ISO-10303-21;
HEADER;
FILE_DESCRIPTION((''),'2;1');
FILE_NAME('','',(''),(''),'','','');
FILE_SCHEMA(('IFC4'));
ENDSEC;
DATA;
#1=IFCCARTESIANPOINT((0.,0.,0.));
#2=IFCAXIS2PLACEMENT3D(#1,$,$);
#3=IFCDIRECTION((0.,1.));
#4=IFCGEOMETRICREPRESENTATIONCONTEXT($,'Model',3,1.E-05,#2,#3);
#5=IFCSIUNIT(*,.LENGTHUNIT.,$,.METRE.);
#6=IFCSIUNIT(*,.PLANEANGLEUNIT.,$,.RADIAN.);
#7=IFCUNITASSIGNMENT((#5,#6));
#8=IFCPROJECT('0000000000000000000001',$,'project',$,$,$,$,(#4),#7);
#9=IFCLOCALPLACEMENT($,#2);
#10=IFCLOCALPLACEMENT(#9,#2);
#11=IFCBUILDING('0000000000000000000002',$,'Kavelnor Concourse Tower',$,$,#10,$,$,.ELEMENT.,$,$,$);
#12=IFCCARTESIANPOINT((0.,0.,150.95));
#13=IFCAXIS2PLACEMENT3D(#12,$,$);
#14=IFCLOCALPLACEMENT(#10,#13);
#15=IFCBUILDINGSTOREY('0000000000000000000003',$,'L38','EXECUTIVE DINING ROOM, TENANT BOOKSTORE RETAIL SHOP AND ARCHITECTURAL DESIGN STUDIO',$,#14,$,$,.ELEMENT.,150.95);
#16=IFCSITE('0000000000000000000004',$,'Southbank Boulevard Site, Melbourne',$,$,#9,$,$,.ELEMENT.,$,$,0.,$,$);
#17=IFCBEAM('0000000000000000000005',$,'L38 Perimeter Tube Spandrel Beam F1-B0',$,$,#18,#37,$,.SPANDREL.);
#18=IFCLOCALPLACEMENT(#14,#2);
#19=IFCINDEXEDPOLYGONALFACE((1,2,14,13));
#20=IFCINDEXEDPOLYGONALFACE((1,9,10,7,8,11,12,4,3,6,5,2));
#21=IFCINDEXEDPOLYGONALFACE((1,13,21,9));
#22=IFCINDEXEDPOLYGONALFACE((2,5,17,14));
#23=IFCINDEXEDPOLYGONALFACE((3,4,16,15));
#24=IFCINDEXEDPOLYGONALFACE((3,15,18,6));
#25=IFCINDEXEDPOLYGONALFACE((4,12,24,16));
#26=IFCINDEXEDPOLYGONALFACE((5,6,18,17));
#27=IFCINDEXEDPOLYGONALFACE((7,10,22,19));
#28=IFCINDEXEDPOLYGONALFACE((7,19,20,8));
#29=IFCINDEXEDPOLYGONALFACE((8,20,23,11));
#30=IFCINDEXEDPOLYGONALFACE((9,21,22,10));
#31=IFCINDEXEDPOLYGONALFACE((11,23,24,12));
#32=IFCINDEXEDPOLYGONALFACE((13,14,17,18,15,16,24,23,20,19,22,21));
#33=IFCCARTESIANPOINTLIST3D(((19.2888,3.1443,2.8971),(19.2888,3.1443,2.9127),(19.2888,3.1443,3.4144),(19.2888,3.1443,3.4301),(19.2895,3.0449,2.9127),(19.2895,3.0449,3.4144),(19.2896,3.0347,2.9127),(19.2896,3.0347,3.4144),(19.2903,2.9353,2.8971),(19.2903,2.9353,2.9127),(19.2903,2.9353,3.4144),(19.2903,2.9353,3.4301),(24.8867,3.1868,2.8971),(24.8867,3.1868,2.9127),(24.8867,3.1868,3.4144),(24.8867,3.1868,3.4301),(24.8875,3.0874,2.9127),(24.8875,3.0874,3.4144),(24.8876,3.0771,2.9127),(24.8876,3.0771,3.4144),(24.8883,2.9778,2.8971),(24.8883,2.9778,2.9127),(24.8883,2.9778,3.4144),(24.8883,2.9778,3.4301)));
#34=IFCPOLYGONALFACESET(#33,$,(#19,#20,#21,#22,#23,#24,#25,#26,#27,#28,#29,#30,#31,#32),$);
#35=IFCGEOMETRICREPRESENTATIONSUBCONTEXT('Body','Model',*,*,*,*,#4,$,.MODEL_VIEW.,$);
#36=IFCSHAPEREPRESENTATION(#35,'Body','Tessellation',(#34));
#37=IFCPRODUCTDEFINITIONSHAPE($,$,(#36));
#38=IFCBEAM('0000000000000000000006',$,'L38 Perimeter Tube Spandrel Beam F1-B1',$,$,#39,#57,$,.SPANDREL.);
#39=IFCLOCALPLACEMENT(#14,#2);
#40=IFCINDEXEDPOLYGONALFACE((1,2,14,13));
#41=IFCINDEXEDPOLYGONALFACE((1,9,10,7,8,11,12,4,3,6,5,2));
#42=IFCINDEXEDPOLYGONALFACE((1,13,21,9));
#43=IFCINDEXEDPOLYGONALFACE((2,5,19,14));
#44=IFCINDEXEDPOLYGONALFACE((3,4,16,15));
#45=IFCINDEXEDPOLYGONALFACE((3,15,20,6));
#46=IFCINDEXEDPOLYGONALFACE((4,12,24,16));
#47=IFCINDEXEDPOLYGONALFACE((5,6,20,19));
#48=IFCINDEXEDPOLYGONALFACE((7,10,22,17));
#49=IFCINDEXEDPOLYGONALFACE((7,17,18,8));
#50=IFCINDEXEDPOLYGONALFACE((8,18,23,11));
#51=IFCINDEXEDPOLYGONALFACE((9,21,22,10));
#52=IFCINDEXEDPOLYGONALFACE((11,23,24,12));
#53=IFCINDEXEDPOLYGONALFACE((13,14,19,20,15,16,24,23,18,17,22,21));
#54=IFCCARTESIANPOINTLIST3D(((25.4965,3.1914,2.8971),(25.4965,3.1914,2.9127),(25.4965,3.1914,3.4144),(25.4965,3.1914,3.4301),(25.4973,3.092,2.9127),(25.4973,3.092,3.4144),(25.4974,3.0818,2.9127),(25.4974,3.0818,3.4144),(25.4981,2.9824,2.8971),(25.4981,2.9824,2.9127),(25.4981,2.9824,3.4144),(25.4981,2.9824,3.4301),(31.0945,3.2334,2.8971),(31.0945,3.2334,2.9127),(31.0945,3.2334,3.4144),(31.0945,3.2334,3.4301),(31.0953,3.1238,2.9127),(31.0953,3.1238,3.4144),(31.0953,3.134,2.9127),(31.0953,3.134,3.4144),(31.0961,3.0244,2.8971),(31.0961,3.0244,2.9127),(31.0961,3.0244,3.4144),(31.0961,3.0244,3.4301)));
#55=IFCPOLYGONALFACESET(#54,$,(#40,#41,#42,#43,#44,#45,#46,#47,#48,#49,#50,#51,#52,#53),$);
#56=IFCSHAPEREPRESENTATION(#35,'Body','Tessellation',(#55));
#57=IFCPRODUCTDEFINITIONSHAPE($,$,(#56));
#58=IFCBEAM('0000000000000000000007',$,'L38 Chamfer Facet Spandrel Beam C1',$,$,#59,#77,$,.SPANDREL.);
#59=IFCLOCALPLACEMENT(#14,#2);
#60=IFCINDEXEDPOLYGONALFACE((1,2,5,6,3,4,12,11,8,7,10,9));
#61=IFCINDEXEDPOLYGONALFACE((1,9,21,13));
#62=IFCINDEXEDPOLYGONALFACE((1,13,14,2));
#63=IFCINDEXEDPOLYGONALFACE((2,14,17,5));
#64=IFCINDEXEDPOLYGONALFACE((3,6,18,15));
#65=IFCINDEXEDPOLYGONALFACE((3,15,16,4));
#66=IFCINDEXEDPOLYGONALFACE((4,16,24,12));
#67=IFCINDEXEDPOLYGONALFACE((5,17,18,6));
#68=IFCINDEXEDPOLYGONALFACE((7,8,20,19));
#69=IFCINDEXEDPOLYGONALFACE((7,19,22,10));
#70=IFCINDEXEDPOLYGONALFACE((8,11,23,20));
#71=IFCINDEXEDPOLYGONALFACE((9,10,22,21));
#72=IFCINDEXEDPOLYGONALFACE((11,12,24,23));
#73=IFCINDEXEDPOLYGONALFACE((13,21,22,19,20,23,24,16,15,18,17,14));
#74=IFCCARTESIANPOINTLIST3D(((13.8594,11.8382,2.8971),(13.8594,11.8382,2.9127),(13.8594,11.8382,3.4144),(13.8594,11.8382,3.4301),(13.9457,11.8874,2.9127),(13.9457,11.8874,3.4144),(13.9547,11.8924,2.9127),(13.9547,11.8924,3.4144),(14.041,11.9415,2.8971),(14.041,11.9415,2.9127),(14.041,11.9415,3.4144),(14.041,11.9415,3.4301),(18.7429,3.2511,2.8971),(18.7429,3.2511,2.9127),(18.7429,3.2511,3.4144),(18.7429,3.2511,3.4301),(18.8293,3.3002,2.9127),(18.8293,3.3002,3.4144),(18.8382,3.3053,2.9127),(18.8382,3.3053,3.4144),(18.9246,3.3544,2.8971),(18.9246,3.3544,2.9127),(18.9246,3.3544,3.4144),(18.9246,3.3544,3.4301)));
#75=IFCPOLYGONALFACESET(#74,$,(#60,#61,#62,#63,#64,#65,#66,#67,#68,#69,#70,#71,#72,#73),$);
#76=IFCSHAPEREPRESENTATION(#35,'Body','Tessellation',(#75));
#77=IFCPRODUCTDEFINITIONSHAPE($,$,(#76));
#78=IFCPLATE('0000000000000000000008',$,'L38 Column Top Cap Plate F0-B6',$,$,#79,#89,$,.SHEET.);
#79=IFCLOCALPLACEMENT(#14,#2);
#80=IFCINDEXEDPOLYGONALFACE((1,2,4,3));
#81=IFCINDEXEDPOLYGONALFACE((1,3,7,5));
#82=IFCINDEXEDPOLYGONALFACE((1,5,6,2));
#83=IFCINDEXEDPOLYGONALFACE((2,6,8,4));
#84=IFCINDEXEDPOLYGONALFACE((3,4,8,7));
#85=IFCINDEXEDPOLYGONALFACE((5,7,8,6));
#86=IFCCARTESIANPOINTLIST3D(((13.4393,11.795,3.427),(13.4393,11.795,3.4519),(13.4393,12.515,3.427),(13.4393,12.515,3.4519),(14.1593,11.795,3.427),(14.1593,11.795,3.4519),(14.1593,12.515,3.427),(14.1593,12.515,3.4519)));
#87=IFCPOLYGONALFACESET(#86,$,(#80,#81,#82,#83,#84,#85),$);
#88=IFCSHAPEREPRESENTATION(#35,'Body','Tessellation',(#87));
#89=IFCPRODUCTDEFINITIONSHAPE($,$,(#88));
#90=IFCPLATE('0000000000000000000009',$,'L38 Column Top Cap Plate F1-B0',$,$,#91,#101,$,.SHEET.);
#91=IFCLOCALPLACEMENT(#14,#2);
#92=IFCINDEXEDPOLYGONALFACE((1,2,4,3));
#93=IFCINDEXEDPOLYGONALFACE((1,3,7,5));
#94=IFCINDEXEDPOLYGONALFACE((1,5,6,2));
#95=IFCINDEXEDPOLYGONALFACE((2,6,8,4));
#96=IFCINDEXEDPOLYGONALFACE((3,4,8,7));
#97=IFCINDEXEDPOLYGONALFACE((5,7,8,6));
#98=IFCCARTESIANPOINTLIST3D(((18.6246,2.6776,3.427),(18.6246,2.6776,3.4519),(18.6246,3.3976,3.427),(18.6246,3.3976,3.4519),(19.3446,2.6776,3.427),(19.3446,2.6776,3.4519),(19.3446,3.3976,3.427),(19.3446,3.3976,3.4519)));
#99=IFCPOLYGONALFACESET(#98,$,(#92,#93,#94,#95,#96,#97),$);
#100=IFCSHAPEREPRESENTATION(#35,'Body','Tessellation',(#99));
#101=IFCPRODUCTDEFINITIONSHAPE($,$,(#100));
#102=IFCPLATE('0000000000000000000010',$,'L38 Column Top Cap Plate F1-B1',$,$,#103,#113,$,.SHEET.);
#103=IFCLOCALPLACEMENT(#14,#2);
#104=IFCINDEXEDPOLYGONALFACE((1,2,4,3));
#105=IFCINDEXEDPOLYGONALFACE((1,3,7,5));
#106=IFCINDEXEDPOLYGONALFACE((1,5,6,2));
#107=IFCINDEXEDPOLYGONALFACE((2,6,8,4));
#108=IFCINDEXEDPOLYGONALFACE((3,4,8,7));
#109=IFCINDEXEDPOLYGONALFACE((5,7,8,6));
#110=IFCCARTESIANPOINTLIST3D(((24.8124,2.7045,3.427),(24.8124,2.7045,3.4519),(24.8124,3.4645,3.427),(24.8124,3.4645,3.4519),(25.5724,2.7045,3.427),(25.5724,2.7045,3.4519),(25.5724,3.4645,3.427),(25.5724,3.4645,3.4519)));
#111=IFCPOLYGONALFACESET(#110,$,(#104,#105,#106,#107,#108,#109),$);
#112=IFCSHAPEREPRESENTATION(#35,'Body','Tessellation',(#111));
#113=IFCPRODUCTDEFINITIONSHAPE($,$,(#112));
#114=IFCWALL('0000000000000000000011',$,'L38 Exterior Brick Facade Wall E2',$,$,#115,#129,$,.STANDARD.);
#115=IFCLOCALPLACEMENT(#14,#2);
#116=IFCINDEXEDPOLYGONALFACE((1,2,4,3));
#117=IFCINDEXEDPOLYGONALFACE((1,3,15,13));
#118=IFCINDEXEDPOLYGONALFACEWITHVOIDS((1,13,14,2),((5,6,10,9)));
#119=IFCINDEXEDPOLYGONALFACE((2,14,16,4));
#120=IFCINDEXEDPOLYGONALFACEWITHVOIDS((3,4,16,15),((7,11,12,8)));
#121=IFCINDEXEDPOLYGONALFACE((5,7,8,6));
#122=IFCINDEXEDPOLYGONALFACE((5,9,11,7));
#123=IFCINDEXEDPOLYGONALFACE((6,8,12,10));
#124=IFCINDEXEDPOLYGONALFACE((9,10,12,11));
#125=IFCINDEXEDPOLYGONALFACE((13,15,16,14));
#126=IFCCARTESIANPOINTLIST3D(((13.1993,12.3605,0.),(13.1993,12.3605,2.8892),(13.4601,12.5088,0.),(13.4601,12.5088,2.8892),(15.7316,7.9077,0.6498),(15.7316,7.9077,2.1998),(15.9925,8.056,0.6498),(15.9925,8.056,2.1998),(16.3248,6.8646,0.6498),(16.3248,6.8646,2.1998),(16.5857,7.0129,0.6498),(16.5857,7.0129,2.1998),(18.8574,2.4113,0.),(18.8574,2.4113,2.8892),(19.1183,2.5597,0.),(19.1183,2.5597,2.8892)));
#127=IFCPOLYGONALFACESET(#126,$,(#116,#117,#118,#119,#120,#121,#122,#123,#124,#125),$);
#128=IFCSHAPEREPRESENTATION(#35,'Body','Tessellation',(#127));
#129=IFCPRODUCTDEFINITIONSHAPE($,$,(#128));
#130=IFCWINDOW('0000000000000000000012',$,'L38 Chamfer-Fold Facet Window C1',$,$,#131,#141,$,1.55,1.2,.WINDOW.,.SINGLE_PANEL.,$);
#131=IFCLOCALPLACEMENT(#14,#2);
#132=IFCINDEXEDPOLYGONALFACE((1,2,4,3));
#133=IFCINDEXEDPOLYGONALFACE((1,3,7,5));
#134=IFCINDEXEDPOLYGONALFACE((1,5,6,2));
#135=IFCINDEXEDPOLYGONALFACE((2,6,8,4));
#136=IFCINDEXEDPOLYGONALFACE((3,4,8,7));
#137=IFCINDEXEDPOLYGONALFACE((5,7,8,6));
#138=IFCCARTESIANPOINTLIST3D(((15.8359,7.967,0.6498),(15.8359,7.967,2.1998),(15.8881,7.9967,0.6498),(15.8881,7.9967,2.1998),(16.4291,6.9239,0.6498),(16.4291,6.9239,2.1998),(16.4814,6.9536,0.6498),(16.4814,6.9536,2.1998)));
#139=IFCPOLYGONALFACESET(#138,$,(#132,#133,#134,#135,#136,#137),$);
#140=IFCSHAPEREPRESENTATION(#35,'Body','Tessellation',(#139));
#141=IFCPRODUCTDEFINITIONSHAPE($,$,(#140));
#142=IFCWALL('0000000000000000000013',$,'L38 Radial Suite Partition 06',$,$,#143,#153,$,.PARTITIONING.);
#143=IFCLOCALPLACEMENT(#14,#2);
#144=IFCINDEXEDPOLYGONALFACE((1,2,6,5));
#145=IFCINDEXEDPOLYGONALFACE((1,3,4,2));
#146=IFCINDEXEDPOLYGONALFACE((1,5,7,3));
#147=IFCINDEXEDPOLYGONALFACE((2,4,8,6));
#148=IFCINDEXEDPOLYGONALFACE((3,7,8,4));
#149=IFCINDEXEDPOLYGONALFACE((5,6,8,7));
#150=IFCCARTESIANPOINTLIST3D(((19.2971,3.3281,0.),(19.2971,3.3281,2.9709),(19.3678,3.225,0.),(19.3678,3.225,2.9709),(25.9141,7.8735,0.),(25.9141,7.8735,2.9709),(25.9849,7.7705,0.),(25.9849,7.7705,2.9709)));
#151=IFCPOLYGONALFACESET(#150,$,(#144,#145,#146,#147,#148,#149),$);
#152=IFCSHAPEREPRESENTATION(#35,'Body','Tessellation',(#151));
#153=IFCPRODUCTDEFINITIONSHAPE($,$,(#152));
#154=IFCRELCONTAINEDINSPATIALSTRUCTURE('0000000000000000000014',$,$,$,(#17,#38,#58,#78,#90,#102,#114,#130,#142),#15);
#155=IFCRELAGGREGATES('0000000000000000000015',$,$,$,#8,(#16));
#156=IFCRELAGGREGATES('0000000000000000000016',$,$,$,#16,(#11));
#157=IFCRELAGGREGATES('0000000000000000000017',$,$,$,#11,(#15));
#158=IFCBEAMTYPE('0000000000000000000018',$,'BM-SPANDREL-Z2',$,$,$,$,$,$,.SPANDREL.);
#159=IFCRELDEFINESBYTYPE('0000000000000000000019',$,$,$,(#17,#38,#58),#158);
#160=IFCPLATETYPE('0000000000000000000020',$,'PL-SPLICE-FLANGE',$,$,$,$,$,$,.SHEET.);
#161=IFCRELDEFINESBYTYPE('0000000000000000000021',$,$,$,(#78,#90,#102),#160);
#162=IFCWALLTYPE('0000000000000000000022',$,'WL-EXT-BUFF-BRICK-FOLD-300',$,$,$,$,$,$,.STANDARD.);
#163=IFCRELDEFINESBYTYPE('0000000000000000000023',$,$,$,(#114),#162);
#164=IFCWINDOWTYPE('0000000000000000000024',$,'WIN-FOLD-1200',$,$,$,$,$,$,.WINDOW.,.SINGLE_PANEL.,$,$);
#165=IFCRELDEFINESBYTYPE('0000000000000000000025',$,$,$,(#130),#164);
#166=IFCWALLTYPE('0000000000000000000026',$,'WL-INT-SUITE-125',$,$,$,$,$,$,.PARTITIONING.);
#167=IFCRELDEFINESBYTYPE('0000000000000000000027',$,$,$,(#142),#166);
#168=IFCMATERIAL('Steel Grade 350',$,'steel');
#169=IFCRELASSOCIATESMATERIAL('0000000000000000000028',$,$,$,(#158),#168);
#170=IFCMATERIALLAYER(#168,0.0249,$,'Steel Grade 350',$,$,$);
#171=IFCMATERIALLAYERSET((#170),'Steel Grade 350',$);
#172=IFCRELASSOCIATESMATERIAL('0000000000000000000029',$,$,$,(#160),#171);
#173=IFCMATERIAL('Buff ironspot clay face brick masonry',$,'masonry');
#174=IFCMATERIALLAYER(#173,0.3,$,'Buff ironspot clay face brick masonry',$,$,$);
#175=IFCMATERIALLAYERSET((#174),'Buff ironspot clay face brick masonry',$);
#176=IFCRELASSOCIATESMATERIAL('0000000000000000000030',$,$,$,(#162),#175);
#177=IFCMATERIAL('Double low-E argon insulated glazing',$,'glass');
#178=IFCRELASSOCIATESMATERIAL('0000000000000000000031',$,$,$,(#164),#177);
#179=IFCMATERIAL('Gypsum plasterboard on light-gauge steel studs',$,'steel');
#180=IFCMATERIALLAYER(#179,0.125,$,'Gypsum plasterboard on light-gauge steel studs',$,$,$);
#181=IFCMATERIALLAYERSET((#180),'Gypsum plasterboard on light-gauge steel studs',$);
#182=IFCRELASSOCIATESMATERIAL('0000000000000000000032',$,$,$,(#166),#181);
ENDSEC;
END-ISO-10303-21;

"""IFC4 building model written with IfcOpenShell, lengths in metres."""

from ifc_helpers import new_model, si_unit, direction, frame, frame_2d, origin, origin_2d, place, context, subcontext, project, spatial, rectangle, i_section, extrude, material, layer, layer_set, material_profile, profile_set, type_object, element, fill, save


model = new_model("IFC4")

# Units and contexts
model_context = context("Model", 3, precision=1e-05, world=origin(), true_north=direction((0.0, 1.0)))
body_context = subcontext(model_context, "Body", "Model", "MODEL_VIEW")
ifc_project = project(units=[si_unit("LENGTHUNIT", "METRE"), si_unit("PLANEANGLEUNIT", "RADIAN")], contexts=[model_context])

# Site, building, storey
site_placement = place(None, origin())
site = spatial("IfcSite", under=ifc_project, at=site_placement, Name="Southbank Boulevard Site, Melbourne", CompositionType="ELEMENT", RefElevation=0.0)
building_placement = place(site_placement, origin())
building = spatial("IfcBuilding", under=site, at=building_placement, Name="Kavelnor Concourse Tower", CompositionType="ELEMENT")
storey_placement = place(building_placement, frame((0.0, 0.0, 150.95)))
storey = spatial("IfcBuildingStorey", under=building, at=storey_placement, Name="L38", Description="EXECUTIVE DINING ROOM, TENANT BOOKSTORE RETAIL SHOP AND ARCHITECTURAL DESIGN STUDIO", CompositionType="ELEMENT", Elevation=150.95)

# Shared definitions
ifc_material_1 = material(Name="Steel Grade 350", Category="steel")

# Beams
ifc_material_profile_1 = material_profile(ifc_material_1, i_section(OverallWidth=0.209, OverallDepth=0.533, WebThickness=0.0103, FlangeThickness=0.0156, at=origin_2d()), Name="530UB92")
ifc_profile_set_1 = profile_set([ifc_material_profile_1], Name="Steel Grade 350")
beam_type_1 = type_object("IfcBeamType", Name="BM-SPANDREL-Z2", PredefinedType="SPANDREL", material=ifc_profile_set_1)
for number, where, z_axis, x_axis, name in (
    (1, (19.2896, 3.0398, 3.1636), (0.999971, 0.007588, 0.0), (-0.007588, 0.999971, 0.0), "L38 Perimeter Tube Spandrel Beam F1-B0"),
    (2, (25.4973, 3.0869, 3.1636), (0.999972, 0.007501, 0.0), (-0.007501, 0.999972, 0.0), "L38 Perimeter Tube Spandrel Beam F1-B1"),
):
    element("IfcBeam", number, at=place(storey_placement, frame(where, z_axis=z_axis, x_axis=x_axis)), inside=storey, type_object=beam_type_1, Name=name, PredefinedType="SPANDREL", context=body_context, shape_type="SweptSolid", body=[
        extrude(i_section(OverallWidth=0.209, OverallDepth=0.533, WebThickness=0.0103, FlangeThickness=0.0156, at=origin_2d()), origin(), (0.0, 0.0, 1.0), 5.5981),
    ])
beam_1_placement = place(storey_placement, frame((13.9502, 11.8899, 3.1636), z_axis=(0.494352, -0.869262, 0.0), x_axis=(0.869262, 0.494352, 0.0)))
element("IfcBeam", 3, at=beam_1_placement, inside=storey, type_object=beam_type_1, Name="L38 Chamfer Facet Spandrel Beam C1", PredefinedType="SPANDREL", context=body_context, shape_type="SweptSolid", body=[
    extrude(i_section(OverallWidth=0.209, OverallDepth=0.533, WebThickness=0.0103, FlangeThickness=0.0156, at=origin_2d()), origin(), (0.0, 0.0, 1.0), 9.8787),
])

# Plates
ifc_layer_1 = layer(ifc_material_1, 0.0249, Name="Steel Grade 350")
ifc_layer_set_1 = layer_set([ifc_layer_1], Name="Steel Grade 350")
plate_type = type_object("IfcPlateType", Name="PL-SPLICE-FLANGE", PredefinedType="SHEET", material=ifc_layer_set_1)
for number, where, z_axis, x_axis, name in (
    (4, (13.7993, 12.155, 3.427), (0.0, 0.0, 1.0), (1.0, 0.0, 0.0), "L38 Column Top Cap Plate F0-B6"),
    (5, (18.9846, 3.0376, 3.427), (0.0, 0.0, 1.0), (1.0, 0.0, 0.0), "L38 Column Top Cap Plate F1-B0"),
):
    element("IfcPlate", number, at=place(storey_placement, frame(where, z_axis=z_axis, x_axis=x_axis)), inside=storey, type_object=plate_type, Name=name, PredefinedType="SHEET", context=body_context, shape_type="SweptSolid", body=[
        extrude(rectangle(XDim=0.72, YDim=0.72, at=origin_2d()), origin(), (0.0, 0.0, 1.0), 0.0249),
    ])
plate_placement = place(storey_placement, frame((25.1924, 3.0845, 3.427), z_axis=(0.0, 0.0, 1.0), x_axis=(1.0, 0.0, 0.0)))
element("IfcPlate", 6, at=plate_placement, inside=storey, type_object=plate_type, Name="L38 Column Top Cap Plate F1-B1", PredefinedType="SHEET", context=body_context, shape_type="SweptSolid", body=[
    extrude(rectangle(XDim=0.76, YDim=0.76, at=origin_2d()), origin(), (0.0, 0.0, 1.0), 0.0249),
])

# Wall, opening, window
ifc_material_2 = material(Name="Buff ironspot clay face brick masonry", Category="masonry")
ifc_layer_2 = layer(ifc_material_2, 0.3, Name="Buff ironspot clay face brick masonry")
ifc_layer_set_2 = layer_set([ifc_layer_2], Name="Buff ironspot clay face brick masonry")
wall_type_1 = type_object("IfcWallType", Name="WL-EXT-BUFF-BRICK-FOLD-300", PredefinedType="STANDARD", material=ifc_layer_set_2)
wall_1_placement = place(storey_placement, frame((18.9878, 2.4856, 0.0), z_axis=(0.0, 0.0, 1.0), x_axis=(-0.494355, 0.86926, 0.0)))
wall_1 = element("IfcWall", 7, at=wall_1_placement, inside=storey, type_object=wall_type_1, Name="L38 Exterior Brick Facade Wall E2", PredefinedType="STANDARD", context=body_context, shape_type="SweptSolid", body=[
    extrude(rectangle(XDim=11.4456, YDim=0.3, at=frame_2d((5.7227, 0.0))), origin(), (0.0, 0.0, 1.0), 2.8892),
])
opening_placement = place(wall_1_placement, frame((5.1228, 0.0, 0.6499)))
opening = element("IfcOpeningElement", 8, at=opening_placement, cuts=wall_1, PredefinedType="OPENING", context=body_context, shape_type="SweptSolid", body=[
    extrude(rectangle(XDim=1.2, YDim=1.55, at=frame_2d((0.6001, 0.7749))), frame((0.0, 0.1602, 0.0), z_axis=(0.0, -1.0, 0.0), x_axis=(1.0, 0.0, 0.0)), (0.0, 0.0, 1.0), 0.3201),
])
ifc_material_3 = material(Name="Double low-E argon insulated glazing", Category="glass")
window_type = type_object("IfcWindowType", Name="WIN-FOLD-1200", PartitioningType="SINGLE_PANEL", PredefinedType="WINDOW", material=ifc_material_3)
window_placement = place(opening_placement, origin())
window = element("IfcWindow", 9, at=window_placement, inside=storey, type_object=window_type, Name="L38 Chamfer-Fold Facet Window C1", OverallHeight=1.55, OverallWidth=1.2, PartitioningType="SINGLE_PANEL", PredefinedType="WINDOW", context=body_context, shape_type="SweptSolid", body=[
    extrude(rectangle(XDim=1.2, YDim=1.55, at=frame_2d((0.6001, 0.7749))), frame((0.0, 0.03, 0.0), z_axis=(0.0, -1.0, 0.0), x_axis=(1.0, 0.0, 0.0)), (0.0, 0.0, 1.0), 0.0601),
])
fill(opening, window)

# Wall
ifc_material_4 = material(Name="Gypsum plasterboard on light-gauge steel studs", Category="steel")
ifc_layer_3 = layer(ifc_material_4, 0.125, Name="Gypsum plasterboard on light-gauge steel studs")
ifc_layer_set_3 = layer_set([ifc_layer_3], Name="Gypsum plasterboard on light-gauge steel studs")
wall_type_2 = type_object("IfcWallType", Name="WL-INT-SUITE-125", PredefinedType="PARTITIONING", material=ifc_layer_set_3)
wall_2_placement = place(storey_placement, frame((25.9495, 7.822, 0.0), z_axis=(0.0, 0.0, 1.0), x_axis=(-0.824259, -0.566213, 0.0)))
element("IfcWall", 10, at=wall_2_placement, inside=storey, type_object=wall_type_2, Name="L38 Radial Suite Partition 06", PredefinedType="PARTITIONING", context=body_context, shape_type="SweptSolid", body=[
    extrude(rectangle(XDim=8.0278, YDim=0.125, at=frame_2d((4.0139, 0.0))), origin(), (0.0, 0.0, 1.0), 2.9709),
])

save(model, "model.ifc")
